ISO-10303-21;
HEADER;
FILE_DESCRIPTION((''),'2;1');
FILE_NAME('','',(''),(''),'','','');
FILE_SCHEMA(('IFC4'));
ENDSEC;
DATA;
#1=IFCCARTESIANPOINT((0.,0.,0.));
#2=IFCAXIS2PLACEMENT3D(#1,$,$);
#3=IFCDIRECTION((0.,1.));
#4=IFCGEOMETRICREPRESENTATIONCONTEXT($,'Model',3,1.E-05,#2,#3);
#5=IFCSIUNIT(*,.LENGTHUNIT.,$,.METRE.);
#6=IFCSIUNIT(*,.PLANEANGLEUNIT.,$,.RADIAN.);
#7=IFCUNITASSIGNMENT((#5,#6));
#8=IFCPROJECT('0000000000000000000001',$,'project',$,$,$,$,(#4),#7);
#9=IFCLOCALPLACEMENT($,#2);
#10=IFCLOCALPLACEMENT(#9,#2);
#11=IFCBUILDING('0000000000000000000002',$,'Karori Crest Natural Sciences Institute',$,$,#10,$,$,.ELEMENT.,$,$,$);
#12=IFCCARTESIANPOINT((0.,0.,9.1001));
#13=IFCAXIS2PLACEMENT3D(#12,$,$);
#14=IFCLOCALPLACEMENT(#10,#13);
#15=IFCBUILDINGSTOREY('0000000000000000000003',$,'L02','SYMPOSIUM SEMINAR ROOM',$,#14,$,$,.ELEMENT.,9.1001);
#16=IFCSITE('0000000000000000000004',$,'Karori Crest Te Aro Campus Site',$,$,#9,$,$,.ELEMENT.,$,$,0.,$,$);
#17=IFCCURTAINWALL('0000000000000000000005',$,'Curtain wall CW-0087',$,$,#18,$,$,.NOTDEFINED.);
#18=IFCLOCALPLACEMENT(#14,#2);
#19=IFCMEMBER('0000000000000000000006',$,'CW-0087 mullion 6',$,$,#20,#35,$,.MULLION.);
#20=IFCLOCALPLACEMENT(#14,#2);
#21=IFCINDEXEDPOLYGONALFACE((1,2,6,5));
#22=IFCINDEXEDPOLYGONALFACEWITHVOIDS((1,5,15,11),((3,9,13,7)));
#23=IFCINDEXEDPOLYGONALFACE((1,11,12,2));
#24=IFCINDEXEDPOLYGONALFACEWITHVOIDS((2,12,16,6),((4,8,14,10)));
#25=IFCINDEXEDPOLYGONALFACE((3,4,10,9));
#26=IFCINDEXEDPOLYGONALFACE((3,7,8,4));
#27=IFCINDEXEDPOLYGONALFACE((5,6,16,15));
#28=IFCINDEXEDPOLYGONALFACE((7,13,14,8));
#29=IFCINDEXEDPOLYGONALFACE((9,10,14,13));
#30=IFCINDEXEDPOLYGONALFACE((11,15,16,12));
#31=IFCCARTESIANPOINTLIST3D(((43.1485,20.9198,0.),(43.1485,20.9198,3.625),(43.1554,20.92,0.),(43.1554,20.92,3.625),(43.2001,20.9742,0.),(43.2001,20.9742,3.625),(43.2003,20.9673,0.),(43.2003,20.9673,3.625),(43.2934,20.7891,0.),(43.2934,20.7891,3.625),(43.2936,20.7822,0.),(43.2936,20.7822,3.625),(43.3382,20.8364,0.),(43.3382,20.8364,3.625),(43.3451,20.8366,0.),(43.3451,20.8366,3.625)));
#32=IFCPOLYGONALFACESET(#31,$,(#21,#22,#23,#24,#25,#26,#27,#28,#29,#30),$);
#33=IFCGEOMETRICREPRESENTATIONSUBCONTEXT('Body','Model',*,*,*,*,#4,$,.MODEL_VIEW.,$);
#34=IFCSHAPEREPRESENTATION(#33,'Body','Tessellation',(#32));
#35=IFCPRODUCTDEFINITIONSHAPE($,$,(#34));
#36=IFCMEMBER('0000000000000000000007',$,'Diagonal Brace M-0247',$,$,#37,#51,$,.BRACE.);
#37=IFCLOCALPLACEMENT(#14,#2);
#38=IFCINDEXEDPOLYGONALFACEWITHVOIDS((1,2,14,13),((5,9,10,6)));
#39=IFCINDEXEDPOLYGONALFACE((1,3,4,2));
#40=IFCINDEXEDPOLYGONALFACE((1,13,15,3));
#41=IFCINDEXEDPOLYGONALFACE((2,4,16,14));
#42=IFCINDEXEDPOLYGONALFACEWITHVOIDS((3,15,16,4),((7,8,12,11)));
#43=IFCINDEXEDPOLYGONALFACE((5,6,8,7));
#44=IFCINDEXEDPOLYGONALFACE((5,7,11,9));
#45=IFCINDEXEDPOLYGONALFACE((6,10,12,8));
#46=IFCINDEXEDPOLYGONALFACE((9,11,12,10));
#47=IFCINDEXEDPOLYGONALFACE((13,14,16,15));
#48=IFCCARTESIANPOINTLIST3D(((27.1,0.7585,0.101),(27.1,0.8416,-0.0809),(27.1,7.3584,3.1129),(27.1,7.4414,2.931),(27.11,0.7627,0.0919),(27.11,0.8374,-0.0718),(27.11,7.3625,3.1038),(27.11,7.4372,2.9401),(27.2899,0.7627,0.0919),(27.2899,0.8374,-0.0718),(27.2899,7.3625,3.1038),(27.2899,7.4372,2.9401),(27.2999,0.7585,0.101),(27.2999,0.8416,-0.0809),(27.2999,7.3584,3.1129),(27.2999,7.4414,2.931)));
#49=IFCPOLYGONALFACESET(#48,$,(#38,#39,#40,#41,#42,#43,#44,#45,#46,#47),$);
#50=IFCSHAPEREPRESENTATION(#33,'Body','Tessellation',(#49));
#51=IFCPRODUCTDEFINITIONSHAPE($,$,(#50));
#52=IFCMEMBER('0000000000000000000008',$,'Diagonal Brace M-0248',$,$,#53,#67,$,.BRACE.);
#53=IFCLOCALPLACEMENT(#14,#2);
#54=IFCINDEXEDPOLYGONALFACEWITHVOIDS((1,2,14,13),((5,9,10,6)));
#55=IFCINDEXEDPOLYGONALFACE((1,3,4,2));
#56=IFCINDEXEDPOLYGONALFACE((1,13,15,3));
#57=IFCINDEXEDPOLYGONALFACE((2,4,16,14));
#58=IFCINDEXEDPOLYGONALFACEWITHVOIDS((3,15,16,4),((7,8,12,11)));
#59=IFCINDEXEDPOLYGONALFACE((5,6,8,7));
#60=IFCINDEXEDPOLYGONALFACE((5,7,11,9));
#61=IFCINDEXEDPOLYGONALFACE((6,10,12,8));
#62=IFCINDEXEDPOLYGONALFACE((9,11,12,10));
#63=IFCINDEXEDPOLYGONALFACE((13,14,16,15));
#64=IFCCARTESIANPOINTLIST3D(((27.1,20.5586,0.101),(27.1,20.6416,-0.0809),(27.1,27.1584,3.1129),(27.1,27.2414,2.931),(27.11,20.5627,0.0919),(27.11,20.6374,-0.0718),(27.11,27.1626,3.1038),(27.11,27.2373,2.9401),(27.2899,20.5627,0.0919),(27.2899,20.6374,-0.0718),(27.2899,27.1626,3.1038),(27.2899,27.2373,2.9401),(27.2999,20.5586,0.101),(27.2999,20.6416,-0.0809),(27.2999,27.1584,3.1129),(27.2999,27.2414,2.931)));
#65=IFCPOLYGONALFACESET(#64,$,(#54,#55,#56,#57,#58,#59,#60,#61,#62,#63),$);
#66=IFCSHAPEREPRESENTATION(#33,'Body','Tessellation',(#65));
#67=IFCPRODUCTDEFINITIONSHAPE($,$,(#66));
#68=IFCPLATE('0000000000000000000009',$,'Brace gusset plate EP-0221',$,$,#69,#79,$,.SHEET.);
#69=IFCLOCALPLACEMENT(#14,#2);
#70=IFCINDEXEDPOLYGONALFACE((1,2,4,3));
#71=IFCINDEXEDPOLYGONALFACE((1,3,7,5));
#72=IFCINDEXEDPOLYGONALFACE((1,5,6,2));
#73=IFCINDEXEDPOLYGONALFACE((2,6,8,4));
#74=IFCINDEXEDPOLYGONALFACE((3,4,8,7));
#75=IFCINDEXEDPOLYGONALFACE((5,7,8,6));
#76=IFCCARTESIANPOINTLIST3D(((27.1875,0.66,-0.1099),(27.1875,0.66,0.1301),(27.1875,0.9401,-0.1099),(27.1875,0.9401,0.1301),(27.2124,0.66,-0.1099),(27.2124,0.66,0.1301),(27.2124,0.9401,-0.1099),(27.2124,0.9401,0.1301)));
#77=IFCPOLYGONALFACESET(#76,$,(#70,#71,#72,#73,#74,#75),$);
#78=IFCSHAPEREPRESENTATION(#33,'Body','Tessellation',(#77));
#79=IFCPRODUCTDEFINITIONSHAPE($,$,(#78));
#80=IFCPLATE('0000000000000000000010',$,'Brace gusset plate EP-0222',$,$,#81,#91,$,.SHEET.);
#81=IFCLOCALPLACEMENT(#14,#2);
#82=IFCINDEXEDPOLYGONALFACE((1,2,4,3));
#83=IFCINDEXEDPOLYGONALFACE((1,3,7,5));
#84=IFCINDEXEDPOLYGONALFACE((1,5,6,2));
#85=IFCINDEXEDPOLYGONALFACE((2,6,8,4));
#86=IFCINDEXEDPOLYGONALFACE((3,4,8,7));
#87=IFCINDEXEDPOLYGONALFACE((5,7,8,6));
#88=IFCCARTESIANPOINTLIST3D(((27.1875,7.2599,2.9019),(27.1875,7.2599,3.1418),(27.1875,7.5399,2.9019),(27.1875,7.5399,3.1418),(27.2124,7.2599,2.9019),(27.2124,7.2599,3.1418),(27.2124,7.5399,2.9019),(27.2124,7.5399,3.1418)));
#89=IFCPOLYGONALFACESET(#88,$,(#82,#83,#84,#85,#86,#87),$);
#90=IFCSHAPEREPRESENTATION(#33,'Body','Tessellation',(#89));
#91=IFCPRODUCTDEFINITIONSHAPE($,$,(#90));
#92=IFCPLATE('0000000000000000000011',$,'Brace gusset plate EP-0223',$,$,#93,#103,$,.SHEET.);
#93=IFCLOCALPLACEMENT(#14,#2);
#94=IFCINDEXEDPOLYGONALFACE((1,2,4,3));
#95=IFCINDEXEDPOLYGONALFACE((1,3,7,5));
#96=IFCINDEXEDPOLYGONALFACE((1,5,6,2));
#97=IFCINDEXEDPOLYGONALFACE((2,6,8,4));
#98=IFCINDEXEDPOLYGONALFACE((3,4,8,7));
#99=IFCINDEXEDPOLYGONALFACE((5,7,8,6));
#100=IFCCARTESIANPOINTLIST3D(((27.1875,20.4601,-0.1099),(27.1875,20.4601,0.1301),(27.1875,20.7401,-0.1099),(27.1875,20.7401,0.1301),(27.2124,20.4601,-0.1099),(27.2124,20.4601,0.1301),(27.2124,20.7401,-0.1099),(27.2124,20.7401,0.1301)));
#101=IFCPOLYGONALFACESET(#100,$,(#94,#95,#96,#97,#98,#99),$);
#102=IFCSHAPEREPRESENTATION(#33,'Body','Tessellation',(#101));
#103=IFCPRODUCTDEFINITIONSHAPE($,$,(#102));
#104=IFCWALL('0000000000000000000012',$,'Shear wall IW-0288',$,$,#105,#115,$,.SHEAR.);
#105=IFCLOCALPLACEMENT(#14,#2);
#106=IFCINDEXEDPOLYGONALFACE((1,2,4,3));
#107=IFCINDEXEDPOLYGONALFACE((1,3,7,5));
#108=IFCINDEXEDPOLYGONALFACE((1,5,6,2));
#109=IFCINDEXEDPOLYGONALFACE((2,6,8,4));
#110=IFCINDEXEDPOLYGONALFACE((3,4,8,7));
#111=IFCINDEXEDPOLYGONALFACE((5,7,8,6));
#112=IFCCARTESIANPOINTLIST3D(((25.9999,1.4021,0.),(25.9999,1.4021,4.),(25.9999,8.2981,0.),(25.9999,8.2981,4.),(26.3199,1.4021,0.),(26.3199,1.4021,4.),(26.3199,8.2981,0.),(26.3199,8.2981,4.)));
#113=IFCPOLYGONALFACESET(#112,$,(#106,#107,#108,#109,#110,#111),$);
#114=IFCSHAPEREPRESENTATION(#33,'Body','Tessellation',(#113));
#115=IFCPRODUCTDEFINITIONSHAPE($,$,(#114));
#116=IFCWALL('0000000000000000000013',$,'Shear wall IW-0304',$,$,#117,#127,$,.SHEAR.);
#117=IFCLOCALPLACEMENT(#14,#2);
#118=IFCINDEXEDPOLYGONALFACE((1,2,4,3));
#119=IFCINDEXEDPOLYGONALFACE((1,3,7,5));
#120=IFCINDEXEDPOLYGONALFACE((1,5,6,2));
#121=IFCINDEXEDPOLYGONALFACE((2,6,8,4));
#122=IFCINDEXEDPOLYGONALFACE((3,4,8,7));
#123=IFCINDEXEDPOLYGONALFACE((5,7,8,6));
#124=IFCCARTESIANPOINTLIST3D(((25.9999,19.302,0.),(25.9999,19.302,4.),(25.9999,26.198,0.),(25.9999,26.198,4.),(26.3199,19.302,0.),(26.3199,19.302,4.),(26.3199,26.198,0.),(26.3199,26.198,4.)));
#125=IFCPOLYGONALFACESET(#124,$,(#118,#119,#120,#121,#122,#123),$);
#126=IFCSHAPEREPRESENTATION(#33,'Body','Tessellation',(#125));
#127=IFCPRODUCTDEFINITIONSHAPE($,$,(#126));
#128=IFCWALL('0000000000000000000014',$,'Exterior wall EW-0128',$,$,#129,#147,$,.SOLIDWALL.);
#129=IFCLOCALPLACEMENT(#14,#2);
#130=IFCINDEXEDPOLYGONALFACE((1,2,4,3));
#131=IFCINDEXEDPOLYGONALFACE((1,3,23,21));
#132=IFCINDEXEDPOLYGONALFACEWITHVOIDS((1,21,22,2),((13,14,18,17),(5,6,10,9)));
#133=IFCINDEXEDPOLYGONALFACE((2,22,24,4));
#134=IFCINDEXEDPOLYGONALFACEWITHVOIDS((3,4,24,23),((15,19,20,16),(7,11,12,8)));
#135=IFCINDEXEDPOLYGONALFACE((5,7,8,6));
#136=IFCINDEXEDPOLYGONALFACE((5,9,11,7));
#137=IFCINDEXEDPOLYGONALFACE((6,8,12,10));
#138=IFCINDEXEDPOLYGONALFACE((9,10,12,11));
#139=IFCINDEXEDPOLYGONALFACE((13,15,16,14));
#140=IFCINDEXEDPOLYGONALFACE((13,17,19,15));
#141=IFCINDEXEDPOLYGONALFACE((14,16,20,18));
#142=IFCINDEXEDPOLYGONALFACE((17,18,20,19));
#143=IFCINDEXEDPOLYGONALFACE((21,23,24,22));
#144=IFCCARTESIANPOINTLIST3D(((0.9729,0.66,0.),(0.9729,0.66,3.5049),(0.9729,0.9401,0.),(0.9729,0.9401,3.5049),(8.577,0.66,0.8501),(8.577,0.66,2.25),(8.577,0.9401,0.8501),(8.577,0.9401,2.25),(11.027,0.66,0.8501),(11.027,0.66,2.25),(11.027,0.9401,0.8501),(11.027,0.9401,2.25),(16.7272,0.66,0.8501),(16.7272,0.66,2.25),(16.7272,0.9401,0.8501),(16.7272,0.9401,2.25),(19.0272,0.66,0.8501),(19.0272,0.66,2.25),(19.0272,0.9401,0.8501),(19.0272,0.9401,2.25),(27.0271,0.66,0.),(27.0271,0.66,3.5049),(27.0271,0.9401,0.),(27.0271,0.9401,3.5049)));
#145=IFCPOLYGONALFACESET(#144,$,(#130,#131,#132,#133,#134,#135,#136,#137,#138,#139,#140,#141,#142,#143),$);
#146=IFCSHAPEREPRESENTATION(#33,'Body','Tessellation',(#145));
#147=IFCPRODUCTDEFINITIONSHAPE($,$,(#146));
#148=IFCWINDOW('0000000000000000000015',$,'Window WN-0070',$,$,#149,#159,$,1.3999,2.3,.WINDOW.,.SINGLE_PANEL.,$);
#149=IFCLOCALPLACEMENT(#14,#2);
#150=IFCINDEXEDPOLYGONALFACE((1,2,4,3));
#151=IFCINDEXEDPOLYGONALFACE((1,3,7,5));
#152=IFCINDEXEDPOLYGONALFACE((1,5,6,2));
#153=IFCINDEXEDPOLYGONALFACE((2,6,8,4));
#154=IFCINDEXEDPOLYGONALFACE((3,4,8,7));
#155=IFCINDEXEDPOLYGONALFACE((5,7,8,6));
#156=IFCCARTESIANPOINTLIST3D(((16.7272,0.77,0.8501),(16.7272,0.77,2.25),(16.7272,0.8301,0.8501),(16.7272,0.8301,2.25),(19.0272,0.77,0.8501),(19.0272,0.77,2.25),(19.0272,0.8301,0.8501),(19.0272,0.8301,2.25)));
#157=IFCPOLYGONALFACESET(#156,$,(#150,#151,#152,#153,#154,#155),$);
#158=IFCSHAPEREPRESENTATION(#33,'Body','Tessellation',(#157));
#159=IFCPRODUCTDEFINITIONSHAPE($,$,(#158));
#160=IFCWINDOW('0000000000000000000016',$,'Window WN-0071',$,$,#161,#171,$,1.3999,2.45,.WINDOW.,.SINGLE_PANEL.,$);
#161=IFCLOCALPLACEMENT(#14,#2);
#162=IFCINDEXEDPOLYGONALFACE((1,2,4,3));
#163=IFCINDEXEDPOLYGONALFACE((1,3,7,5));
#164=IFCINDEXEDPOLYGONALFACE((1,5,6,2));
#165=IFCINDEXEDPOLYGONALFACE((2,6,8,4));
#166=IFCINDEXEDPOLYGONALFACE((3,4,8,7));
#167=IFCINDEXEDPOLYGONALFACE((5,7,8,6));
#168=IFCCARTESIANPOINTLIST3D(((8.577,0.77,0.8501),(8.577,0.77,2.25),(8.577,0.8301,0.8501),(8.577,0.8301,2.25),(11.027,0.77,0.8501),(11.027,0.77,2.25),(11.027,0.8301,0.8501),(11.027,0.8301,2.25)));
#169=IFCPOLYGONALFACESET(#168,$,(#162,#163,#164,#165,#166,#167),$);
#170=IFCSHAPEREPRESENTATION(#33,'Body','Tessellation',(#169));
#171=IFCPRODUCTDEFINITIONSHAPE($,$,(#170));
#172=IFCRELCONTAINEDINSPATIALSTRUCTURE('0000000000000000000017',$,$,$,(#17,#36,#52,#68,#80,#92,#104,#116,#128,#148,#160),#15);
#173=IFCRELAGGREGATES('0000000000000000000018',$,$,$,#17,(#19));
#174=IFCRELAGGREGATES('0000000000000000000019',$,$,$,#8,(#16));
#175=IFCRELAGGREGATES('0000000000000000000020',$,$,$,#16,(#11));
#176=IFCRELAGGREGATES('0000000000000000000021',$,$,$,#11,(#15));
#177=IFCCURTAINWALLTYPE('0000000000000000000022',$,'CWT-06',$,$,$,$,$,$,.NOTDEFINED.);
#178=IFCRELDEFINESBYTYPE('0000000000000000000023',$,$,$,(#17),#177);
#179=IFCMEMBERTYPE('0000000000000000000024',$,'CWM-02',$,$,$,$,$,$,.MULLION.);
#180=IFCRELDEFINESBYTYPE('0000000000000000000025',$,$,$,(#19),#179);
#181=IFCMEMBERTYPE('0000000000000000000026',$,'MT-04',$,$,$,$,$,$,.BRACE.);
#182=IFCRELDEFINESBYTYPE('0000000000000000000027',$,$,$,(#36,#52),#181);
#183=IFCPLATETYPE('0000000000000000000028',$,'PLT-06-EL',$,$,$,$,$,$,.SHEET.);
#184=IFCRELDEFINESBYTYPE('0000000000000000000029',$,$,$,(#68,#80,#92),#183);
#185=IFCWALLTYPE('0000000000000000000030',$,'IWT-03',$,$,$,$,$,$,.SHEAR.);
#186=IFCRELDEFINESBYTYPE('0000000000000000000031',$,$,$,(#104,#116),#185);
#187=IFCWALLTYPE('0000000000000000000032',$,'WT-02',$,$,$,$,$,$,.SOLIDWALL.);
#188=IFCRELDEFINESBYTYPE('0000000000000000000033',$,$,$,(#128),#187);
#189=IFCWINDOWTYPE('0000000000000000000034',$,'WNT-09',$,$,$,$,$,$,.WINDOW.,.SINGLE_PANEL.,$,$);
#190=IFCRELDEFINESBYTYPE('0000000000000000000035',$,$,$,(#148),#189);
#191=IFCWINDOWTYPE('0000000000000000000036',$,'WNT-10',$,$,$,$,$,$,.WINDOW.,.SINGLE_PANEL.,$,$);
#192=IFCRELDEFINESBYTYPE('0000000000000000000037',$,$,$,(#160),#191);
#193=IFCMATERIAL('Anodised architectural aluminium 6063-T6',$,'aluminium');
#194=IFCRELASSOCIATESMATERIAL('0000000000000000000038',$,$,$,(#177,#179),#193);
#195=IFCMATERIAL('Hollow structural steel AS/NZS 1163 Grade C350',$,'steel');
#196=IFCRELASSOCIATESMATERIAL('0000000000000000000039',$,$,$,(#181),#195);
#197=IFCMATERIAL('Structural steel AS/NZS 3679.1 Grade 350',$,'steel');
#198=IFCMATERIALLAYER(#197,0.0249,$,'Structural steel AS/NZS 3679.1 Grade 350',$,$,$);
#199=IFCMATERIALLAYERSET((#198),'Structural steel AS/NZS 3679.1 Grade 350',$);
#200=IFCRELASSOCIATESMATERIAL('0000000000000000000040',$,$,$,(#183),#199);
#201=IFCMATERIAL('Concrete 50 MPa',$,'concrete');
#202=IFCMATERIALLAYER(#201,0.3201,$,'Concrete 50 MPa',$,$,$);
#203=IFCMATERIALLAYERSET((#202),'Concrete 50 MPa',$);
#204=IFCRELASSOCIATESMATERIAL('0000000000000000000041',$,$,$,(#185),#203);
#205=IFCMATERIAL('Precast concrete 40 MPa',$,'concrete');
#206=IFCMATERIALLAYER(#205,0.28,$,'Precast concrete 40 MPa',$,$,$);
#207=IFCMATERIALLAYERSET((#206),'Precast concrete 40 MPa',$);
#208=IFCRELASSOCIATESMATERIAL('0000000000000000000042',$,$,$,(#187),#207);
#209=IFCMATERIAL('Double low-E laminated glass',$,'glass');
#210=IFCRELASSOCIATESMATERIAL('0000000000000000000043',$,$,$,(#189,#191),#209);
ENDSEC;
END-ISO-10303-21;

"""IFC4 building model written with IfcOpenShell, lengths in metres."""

from ifc_helpers import new_model, si_unit, direction, frame, frame_2d, origin, origin_2d, place, context, subcontext, project, spatial, rectangle, hollow_rectangle, extrude, material, layer, layer_set, material_profile, profile_set, type_object, element, fill, aggregate, save


model = new_model("IFC4")

# Units and contexts
model_context = context("Model", 3, precision=1e-05, world=origin(), true_north=direction((0.0, 1.0)))
body_context = subcontext(model_context, "Body", "Model", "MODEL_VIEW")
ifc_project = project(units=[si_unit("LENGTHUNIT", "METRE"), si_unit("PLANEANGLEUNIT", "RADIAN")], contexts=[model_context])

# Site, building, storey
site_placement = place(None, origin())
site = spatial("IfcSite", under=ifc_project, at=site_placement, Name="Karori Crest Te Aro Campus Site", CompositionType="ELEMENT", RefElevation=0.0)
building_placement = place(site_placement, origin())
building = spatial("IfcBuilding", under=site, at=building_placement, Name="Karori Crest Natural Sciences Institute", CompositionType="ELEMENT")
storey_placement = place(building_placement, frame((0.0, 0.0, 9.1001)))
storey = spatial("IfcBuildingStorey", under=building, at=storey_placement, Name="L02", Description="SYMPOSIUM SEMINAR ROOM", CompositionType="ELEMENT", Elevation=9.1001)

# Shared definitions
ifc_material_1 = material(Name="Structural steel AS/NZS 3679.1 Grade 350", Category="steel")

# Curtain wall, member
ifc_material_2 = material(Name="Anodised architectural aluminium 6063-T6", Category="aluminium")
curtain_wall_type = type_object("IfcCurtainWallType", Name="CWT-06", PredefinedType="NOTDEFINED", material=ifc_material_2)
curtain_wall_placement = place(storey_placement, origin())
curtain_wall = element("IfcCurtainWall", 1, at=curtain_wall_placement, inside=storey, type_object=curtain_wall_type, Name="Curtain wall CW-0087", PredefinedType="NOTDEFINED")
ifc_material_profile_1 = material_profile(ifc_material_2, hollow_rectangle(XDim=0.075, YDim=0.2, WallThickness=0.0049, at=origin_2d()), Name="CWM200x75x5")
ifc_profile_set_1 = profile_set([ifc_material_profile_1], Name="Anodised architectural aluminium 6063-T6")
member_type_1 = type_object("IfcMemberType", Name="CWM-02", PredefinedType="MULLION", material=ifc_profile_set_1)
member_placement = place(storey_placement, frame((43.2468, 20.8782, 0.0), z_axis=(0.0, 0.0, 1.0), x_axis=(-0.688246, -0.725477, 0.0)))
member = element("IfcMember", 2, at=member_placement, type_object=member_type_1, Name="CW-0087 mullion 6", PredefinedType="MULLION", context=body_context, shape_type="SweptSolid", body=[
    extrude(hollow_rectangle(XDim=0.075, YDim=0.2, WallThickness=0.0049, at=origin_2d()), origin(), (0.0, 0.0, 1.0), 3.625),
])
aggregate(curtain_wall, [member])

# Members
ifc_material_3 = material(Name="Hollow structural steel AS/NZS 1163 Grade C350", Category="steel")
ifc_material_profile_2 = material_profile(ifc_material_3, hollow_rectangle(XDim=0.2, YDim=0.2, WallThickness=0.01, at=origin_2d()), Name="SHS200x200x10")
ifc_profile_set_2 = profile_set([ifc_material_profile_2], Name="Hollow structural steel AS/NZS 1163 Grade C350")
member_type_2 = type_object("IfcMemberType", Name="MT-04", PredefinedType="BRACE", material=ifc_profile_set_2)
for number, where, z_axis, x_axis, name in (
    (3, (27.2, 0.8, 0.01), (0.0, 0.909741, 0.415177), (-1.0, 0.0, 0.0), "Diagonal Brace M-0247"),
    (4, (27.2, 20.6001, 0.01), (0.0, 0.909741, 0.415177), (-1.0, 0.0, 0.0), "Diagonal Brace M-0248"),
):
    element("IfcMember", number, at=place(storey_placement, frame(where, z_axis=z_axis, x_axis=x_axis)), inside=storey, type_object=member_type_2, Name=name, PredefinedType="BRACE", context=body_context, shape_type="SweptSolid", body=[
        extrude(hollow_rectangle(XDim=0.2, YDim=0.2, WallThickness=0.01, at=origin_2d()), origin(), (0.0, 0.0, 1.0), 7.2546),
    ])

# Plates
ifc_layer_1 = layer(ifc_material_1, 0.0249, Name="Structural steel AS/NZS 3679.1 Grade 350")
ifc_layer_set_1 = layer_set([ifc_layer_1], Name="Structural steel AS/NZS 3679.1 Grade 350")
plate_type = type_object("IfcPlateType", Name="PLT-06-EL", PredefinedType="SHEET", material=ifc_layer_set_1)
for number, where, z_axis, x_axis, name in (
    (5, (27.2, 0.8, -0.1099), (0.0, 0.0, 1.0), (0.0, 1.0, 0.0), "Brace gusset plate EP-0221"),
    (6, (27.2, 7.3999, 2.9019), (0.0, 0.0, 1.0), (0.0, 1.0, 0.0), "Brace gusset plate EP-0222"),
    (7, (27.2, 20.6001, -0.1099), (0.0, 0.0, 1.0), (0.0, 1.0, 0.0), "Brace gusset plate EP-0223"),
):
    element("IfcPlate", number, at=place(storey_placement, frame(where, z_axis=z_axis, x_axis=x_axis)), inside=storey, type_object=plate_type, Name=name, PredefinedType="SHEET", context=body_context, shape_type="SweptSolid", body=[
        extrude(rectangle(XDim=0.28, YDim=0.0249, at=origin_2d()), origin(), (0.0, 0.0, 1.0), 0.24),
    ])

# Walls
ifc_material_4 = material(Name="Concrete 50 MPa", Category="concrete")
ifc_layer_2 = layer(ifc_material_4, 0.3201, Name="Concrete 50 MPa")
ifc_layer_set_2 = layer_set([ifc_layer_2], Name="Concrete 50 MPa")
wall_type_1 = type_object("IfcWallType", Name="IWT-03", PredefinedType="SHEAR", material=ifc_layer_set_2)
for number, where, z_axis, x_axis, name in (
    (8, (26.1599, 1.4021, 0.0), (0.0, 0.0, 1.0), (0.0, 1.0, 0.0), "Shear wall IW-0288"),
    (9, (26.1599, 19.302, 0.0), (0.0, 0.0, 1.0), (0.0, 1.0, 0.0), "Shear wall IW-0304"),
):
    element("IfcWall", number, at=place(storey_placement, frame(where, z_axis=z_axis, x_axis=x_axis)), inside=storey, type_object=wall_type_1, Name=name, PredefinedType="SHEAR", context=body_context, shape_type="SweptSolid", body=[
        extrude(rectangle(XDim=6.896, YDim=0.3201, at=frame_2d((3.448, 0.0))), origin(), (0.0, 0.0, 1.0), 4.0),
    ])

# Wall, openings, windows
ifc_material_5 = material(Name="Precast concrete 40 MPa", Category="concrete")
ifc_layer_3 = layer(ifc_material_5, 0.28, Name="Precast concrete 40 MPa")
ifc_layer_set_3 = layer_set([ifc_layer_3], Name="Precast concrete 40 MPa")
wall_type_2 = type_object("IfcWallType", Name="WT-02", PredefinedType="SOLIDWALL", material=ifc_layer_set_3)
wall_placement = place(storey_placement, frame((27.0271, 0.8, 0.0), z_axis=(0.0, 0.0, 1.0), x_axis=(-1.0, 0.0, 0.0)))
wall = element("IfcWall", 10, at=wall_placement, inside=storey, type_object=wall_type_2, Name="Exterior wall EW-0128", PredefinedType="SOLIDWALL", context=body_context, shape_type="SweptSolid", body=[
    extrude(rectangle(XDim=26.0542, YDim=0.28, at=frame_2d((13.0271, 0.0))), origin(), (0.0, 0.0, 1.0), 3.5049),
])
opening_1_placement = place(wall_placement, frame((8.0, 0.0, 0.8501)))
opening_1 = element("IfcOpeningElement", 11, at=opening_1_placement, cuts=wall, PredefinedType="OPENING", context=body_context, shape_type="SweptSolid", body=[
    extrude(rectangle(XDim=2.3, YDim=1.3999, at=frame_2d((1.1499, 0.7))), frame((0.0, 0.1499, 0.0), z_axis=(0.0, -1.0, 0.0), x_axis=(1.0, 0.0, 0.0)), (0.0, 0.0, 1.0), 0.3),
])
opening_2_placement = place(wall_placement, frame((16.0, 0.0, 0.8501)))
opening_2 = element("IfcOpeningElement", 12, at=opening_2_placement, cuts=wall, PredefinedType="OPENING", context=body_context, shape_type="SweptSolid", body=[
    extrude(rectangle(XDim=2.45, YDim=1.3999, at=frame_2d((1.2251, 0.7))), frame((0.0, 0.1499, 0.0), z_axis=(0.0, -1.0, 0.0), x_axis=(1.0, 0.0, 0.0)), (0.0, 0.0, 1.0), 0.3),
])
ifc_material_6 = material(Name="Double low-E laminated glass", Category="glass")
window_type_1 = type_object("IfcWindowType", Name="WNT-09", PartitioningType="SINGLE_PANEL", PredefinedType="WINDOW", material=ifc_material_6)
window_1_placement = place(opening_1_placement, origin())
window_1 = element("IfcWindow", 13, at=window_1_placement, inside=storey, type_object=window_type_1, Name="Window WN-0070", OverallHeight=1.3999, OverallWidth=2.3, PartitioningType="SINGLE_PANEL", PredefinedType="WINDOW", context=body_context, shape_type="SweptSolid", body=[
    extrude(rectangle(XDim=2.3, YDim=1.3999, at=frame_2d((1.1499, 0.7))), frame((0.0, 0.03, 0.0), z_axis=(0.0, -1.0, 0.0), x_axis=(1.0, 0.0, 0.0)), (0.0, 0.0, 1.0), 0.0601),
])
fill(opening_1, window_1)
window_type_2 = type_object("IfcWindowType", Name="WNT-10", PartitioningType="SINGLE_PANEL", PredefinedType="WINDOW", material=ifc_material_6)
window_2_placement = place(opening_2_placement, origin())
window_2 = element("IfcWindow", 14, at=window_2_placement, inside=storey, type_object=window_type_2, Name="Window WN-0071", OverallHeight=1.3999, OverallWidth=2.45, PartitioningType="SINGLE_PANEL", PredefinedType="WINDOW", context=body_context, shape_type="SweptSolid", body=[
    extrude(rectangle(XDim=2.45, YDim=1.3999, at=frame_2d((1.2251, 0.7))), frame((0.0, 0.03, 0.0), z_axis=(0.0, -1.0, 0.0), x_axis=(1.0, 0.0, 0.0)), (0.0, 0.0, 1.0), 0.0601),
])
fill(opening_2, window_2)

save(model, "model.ifc")
